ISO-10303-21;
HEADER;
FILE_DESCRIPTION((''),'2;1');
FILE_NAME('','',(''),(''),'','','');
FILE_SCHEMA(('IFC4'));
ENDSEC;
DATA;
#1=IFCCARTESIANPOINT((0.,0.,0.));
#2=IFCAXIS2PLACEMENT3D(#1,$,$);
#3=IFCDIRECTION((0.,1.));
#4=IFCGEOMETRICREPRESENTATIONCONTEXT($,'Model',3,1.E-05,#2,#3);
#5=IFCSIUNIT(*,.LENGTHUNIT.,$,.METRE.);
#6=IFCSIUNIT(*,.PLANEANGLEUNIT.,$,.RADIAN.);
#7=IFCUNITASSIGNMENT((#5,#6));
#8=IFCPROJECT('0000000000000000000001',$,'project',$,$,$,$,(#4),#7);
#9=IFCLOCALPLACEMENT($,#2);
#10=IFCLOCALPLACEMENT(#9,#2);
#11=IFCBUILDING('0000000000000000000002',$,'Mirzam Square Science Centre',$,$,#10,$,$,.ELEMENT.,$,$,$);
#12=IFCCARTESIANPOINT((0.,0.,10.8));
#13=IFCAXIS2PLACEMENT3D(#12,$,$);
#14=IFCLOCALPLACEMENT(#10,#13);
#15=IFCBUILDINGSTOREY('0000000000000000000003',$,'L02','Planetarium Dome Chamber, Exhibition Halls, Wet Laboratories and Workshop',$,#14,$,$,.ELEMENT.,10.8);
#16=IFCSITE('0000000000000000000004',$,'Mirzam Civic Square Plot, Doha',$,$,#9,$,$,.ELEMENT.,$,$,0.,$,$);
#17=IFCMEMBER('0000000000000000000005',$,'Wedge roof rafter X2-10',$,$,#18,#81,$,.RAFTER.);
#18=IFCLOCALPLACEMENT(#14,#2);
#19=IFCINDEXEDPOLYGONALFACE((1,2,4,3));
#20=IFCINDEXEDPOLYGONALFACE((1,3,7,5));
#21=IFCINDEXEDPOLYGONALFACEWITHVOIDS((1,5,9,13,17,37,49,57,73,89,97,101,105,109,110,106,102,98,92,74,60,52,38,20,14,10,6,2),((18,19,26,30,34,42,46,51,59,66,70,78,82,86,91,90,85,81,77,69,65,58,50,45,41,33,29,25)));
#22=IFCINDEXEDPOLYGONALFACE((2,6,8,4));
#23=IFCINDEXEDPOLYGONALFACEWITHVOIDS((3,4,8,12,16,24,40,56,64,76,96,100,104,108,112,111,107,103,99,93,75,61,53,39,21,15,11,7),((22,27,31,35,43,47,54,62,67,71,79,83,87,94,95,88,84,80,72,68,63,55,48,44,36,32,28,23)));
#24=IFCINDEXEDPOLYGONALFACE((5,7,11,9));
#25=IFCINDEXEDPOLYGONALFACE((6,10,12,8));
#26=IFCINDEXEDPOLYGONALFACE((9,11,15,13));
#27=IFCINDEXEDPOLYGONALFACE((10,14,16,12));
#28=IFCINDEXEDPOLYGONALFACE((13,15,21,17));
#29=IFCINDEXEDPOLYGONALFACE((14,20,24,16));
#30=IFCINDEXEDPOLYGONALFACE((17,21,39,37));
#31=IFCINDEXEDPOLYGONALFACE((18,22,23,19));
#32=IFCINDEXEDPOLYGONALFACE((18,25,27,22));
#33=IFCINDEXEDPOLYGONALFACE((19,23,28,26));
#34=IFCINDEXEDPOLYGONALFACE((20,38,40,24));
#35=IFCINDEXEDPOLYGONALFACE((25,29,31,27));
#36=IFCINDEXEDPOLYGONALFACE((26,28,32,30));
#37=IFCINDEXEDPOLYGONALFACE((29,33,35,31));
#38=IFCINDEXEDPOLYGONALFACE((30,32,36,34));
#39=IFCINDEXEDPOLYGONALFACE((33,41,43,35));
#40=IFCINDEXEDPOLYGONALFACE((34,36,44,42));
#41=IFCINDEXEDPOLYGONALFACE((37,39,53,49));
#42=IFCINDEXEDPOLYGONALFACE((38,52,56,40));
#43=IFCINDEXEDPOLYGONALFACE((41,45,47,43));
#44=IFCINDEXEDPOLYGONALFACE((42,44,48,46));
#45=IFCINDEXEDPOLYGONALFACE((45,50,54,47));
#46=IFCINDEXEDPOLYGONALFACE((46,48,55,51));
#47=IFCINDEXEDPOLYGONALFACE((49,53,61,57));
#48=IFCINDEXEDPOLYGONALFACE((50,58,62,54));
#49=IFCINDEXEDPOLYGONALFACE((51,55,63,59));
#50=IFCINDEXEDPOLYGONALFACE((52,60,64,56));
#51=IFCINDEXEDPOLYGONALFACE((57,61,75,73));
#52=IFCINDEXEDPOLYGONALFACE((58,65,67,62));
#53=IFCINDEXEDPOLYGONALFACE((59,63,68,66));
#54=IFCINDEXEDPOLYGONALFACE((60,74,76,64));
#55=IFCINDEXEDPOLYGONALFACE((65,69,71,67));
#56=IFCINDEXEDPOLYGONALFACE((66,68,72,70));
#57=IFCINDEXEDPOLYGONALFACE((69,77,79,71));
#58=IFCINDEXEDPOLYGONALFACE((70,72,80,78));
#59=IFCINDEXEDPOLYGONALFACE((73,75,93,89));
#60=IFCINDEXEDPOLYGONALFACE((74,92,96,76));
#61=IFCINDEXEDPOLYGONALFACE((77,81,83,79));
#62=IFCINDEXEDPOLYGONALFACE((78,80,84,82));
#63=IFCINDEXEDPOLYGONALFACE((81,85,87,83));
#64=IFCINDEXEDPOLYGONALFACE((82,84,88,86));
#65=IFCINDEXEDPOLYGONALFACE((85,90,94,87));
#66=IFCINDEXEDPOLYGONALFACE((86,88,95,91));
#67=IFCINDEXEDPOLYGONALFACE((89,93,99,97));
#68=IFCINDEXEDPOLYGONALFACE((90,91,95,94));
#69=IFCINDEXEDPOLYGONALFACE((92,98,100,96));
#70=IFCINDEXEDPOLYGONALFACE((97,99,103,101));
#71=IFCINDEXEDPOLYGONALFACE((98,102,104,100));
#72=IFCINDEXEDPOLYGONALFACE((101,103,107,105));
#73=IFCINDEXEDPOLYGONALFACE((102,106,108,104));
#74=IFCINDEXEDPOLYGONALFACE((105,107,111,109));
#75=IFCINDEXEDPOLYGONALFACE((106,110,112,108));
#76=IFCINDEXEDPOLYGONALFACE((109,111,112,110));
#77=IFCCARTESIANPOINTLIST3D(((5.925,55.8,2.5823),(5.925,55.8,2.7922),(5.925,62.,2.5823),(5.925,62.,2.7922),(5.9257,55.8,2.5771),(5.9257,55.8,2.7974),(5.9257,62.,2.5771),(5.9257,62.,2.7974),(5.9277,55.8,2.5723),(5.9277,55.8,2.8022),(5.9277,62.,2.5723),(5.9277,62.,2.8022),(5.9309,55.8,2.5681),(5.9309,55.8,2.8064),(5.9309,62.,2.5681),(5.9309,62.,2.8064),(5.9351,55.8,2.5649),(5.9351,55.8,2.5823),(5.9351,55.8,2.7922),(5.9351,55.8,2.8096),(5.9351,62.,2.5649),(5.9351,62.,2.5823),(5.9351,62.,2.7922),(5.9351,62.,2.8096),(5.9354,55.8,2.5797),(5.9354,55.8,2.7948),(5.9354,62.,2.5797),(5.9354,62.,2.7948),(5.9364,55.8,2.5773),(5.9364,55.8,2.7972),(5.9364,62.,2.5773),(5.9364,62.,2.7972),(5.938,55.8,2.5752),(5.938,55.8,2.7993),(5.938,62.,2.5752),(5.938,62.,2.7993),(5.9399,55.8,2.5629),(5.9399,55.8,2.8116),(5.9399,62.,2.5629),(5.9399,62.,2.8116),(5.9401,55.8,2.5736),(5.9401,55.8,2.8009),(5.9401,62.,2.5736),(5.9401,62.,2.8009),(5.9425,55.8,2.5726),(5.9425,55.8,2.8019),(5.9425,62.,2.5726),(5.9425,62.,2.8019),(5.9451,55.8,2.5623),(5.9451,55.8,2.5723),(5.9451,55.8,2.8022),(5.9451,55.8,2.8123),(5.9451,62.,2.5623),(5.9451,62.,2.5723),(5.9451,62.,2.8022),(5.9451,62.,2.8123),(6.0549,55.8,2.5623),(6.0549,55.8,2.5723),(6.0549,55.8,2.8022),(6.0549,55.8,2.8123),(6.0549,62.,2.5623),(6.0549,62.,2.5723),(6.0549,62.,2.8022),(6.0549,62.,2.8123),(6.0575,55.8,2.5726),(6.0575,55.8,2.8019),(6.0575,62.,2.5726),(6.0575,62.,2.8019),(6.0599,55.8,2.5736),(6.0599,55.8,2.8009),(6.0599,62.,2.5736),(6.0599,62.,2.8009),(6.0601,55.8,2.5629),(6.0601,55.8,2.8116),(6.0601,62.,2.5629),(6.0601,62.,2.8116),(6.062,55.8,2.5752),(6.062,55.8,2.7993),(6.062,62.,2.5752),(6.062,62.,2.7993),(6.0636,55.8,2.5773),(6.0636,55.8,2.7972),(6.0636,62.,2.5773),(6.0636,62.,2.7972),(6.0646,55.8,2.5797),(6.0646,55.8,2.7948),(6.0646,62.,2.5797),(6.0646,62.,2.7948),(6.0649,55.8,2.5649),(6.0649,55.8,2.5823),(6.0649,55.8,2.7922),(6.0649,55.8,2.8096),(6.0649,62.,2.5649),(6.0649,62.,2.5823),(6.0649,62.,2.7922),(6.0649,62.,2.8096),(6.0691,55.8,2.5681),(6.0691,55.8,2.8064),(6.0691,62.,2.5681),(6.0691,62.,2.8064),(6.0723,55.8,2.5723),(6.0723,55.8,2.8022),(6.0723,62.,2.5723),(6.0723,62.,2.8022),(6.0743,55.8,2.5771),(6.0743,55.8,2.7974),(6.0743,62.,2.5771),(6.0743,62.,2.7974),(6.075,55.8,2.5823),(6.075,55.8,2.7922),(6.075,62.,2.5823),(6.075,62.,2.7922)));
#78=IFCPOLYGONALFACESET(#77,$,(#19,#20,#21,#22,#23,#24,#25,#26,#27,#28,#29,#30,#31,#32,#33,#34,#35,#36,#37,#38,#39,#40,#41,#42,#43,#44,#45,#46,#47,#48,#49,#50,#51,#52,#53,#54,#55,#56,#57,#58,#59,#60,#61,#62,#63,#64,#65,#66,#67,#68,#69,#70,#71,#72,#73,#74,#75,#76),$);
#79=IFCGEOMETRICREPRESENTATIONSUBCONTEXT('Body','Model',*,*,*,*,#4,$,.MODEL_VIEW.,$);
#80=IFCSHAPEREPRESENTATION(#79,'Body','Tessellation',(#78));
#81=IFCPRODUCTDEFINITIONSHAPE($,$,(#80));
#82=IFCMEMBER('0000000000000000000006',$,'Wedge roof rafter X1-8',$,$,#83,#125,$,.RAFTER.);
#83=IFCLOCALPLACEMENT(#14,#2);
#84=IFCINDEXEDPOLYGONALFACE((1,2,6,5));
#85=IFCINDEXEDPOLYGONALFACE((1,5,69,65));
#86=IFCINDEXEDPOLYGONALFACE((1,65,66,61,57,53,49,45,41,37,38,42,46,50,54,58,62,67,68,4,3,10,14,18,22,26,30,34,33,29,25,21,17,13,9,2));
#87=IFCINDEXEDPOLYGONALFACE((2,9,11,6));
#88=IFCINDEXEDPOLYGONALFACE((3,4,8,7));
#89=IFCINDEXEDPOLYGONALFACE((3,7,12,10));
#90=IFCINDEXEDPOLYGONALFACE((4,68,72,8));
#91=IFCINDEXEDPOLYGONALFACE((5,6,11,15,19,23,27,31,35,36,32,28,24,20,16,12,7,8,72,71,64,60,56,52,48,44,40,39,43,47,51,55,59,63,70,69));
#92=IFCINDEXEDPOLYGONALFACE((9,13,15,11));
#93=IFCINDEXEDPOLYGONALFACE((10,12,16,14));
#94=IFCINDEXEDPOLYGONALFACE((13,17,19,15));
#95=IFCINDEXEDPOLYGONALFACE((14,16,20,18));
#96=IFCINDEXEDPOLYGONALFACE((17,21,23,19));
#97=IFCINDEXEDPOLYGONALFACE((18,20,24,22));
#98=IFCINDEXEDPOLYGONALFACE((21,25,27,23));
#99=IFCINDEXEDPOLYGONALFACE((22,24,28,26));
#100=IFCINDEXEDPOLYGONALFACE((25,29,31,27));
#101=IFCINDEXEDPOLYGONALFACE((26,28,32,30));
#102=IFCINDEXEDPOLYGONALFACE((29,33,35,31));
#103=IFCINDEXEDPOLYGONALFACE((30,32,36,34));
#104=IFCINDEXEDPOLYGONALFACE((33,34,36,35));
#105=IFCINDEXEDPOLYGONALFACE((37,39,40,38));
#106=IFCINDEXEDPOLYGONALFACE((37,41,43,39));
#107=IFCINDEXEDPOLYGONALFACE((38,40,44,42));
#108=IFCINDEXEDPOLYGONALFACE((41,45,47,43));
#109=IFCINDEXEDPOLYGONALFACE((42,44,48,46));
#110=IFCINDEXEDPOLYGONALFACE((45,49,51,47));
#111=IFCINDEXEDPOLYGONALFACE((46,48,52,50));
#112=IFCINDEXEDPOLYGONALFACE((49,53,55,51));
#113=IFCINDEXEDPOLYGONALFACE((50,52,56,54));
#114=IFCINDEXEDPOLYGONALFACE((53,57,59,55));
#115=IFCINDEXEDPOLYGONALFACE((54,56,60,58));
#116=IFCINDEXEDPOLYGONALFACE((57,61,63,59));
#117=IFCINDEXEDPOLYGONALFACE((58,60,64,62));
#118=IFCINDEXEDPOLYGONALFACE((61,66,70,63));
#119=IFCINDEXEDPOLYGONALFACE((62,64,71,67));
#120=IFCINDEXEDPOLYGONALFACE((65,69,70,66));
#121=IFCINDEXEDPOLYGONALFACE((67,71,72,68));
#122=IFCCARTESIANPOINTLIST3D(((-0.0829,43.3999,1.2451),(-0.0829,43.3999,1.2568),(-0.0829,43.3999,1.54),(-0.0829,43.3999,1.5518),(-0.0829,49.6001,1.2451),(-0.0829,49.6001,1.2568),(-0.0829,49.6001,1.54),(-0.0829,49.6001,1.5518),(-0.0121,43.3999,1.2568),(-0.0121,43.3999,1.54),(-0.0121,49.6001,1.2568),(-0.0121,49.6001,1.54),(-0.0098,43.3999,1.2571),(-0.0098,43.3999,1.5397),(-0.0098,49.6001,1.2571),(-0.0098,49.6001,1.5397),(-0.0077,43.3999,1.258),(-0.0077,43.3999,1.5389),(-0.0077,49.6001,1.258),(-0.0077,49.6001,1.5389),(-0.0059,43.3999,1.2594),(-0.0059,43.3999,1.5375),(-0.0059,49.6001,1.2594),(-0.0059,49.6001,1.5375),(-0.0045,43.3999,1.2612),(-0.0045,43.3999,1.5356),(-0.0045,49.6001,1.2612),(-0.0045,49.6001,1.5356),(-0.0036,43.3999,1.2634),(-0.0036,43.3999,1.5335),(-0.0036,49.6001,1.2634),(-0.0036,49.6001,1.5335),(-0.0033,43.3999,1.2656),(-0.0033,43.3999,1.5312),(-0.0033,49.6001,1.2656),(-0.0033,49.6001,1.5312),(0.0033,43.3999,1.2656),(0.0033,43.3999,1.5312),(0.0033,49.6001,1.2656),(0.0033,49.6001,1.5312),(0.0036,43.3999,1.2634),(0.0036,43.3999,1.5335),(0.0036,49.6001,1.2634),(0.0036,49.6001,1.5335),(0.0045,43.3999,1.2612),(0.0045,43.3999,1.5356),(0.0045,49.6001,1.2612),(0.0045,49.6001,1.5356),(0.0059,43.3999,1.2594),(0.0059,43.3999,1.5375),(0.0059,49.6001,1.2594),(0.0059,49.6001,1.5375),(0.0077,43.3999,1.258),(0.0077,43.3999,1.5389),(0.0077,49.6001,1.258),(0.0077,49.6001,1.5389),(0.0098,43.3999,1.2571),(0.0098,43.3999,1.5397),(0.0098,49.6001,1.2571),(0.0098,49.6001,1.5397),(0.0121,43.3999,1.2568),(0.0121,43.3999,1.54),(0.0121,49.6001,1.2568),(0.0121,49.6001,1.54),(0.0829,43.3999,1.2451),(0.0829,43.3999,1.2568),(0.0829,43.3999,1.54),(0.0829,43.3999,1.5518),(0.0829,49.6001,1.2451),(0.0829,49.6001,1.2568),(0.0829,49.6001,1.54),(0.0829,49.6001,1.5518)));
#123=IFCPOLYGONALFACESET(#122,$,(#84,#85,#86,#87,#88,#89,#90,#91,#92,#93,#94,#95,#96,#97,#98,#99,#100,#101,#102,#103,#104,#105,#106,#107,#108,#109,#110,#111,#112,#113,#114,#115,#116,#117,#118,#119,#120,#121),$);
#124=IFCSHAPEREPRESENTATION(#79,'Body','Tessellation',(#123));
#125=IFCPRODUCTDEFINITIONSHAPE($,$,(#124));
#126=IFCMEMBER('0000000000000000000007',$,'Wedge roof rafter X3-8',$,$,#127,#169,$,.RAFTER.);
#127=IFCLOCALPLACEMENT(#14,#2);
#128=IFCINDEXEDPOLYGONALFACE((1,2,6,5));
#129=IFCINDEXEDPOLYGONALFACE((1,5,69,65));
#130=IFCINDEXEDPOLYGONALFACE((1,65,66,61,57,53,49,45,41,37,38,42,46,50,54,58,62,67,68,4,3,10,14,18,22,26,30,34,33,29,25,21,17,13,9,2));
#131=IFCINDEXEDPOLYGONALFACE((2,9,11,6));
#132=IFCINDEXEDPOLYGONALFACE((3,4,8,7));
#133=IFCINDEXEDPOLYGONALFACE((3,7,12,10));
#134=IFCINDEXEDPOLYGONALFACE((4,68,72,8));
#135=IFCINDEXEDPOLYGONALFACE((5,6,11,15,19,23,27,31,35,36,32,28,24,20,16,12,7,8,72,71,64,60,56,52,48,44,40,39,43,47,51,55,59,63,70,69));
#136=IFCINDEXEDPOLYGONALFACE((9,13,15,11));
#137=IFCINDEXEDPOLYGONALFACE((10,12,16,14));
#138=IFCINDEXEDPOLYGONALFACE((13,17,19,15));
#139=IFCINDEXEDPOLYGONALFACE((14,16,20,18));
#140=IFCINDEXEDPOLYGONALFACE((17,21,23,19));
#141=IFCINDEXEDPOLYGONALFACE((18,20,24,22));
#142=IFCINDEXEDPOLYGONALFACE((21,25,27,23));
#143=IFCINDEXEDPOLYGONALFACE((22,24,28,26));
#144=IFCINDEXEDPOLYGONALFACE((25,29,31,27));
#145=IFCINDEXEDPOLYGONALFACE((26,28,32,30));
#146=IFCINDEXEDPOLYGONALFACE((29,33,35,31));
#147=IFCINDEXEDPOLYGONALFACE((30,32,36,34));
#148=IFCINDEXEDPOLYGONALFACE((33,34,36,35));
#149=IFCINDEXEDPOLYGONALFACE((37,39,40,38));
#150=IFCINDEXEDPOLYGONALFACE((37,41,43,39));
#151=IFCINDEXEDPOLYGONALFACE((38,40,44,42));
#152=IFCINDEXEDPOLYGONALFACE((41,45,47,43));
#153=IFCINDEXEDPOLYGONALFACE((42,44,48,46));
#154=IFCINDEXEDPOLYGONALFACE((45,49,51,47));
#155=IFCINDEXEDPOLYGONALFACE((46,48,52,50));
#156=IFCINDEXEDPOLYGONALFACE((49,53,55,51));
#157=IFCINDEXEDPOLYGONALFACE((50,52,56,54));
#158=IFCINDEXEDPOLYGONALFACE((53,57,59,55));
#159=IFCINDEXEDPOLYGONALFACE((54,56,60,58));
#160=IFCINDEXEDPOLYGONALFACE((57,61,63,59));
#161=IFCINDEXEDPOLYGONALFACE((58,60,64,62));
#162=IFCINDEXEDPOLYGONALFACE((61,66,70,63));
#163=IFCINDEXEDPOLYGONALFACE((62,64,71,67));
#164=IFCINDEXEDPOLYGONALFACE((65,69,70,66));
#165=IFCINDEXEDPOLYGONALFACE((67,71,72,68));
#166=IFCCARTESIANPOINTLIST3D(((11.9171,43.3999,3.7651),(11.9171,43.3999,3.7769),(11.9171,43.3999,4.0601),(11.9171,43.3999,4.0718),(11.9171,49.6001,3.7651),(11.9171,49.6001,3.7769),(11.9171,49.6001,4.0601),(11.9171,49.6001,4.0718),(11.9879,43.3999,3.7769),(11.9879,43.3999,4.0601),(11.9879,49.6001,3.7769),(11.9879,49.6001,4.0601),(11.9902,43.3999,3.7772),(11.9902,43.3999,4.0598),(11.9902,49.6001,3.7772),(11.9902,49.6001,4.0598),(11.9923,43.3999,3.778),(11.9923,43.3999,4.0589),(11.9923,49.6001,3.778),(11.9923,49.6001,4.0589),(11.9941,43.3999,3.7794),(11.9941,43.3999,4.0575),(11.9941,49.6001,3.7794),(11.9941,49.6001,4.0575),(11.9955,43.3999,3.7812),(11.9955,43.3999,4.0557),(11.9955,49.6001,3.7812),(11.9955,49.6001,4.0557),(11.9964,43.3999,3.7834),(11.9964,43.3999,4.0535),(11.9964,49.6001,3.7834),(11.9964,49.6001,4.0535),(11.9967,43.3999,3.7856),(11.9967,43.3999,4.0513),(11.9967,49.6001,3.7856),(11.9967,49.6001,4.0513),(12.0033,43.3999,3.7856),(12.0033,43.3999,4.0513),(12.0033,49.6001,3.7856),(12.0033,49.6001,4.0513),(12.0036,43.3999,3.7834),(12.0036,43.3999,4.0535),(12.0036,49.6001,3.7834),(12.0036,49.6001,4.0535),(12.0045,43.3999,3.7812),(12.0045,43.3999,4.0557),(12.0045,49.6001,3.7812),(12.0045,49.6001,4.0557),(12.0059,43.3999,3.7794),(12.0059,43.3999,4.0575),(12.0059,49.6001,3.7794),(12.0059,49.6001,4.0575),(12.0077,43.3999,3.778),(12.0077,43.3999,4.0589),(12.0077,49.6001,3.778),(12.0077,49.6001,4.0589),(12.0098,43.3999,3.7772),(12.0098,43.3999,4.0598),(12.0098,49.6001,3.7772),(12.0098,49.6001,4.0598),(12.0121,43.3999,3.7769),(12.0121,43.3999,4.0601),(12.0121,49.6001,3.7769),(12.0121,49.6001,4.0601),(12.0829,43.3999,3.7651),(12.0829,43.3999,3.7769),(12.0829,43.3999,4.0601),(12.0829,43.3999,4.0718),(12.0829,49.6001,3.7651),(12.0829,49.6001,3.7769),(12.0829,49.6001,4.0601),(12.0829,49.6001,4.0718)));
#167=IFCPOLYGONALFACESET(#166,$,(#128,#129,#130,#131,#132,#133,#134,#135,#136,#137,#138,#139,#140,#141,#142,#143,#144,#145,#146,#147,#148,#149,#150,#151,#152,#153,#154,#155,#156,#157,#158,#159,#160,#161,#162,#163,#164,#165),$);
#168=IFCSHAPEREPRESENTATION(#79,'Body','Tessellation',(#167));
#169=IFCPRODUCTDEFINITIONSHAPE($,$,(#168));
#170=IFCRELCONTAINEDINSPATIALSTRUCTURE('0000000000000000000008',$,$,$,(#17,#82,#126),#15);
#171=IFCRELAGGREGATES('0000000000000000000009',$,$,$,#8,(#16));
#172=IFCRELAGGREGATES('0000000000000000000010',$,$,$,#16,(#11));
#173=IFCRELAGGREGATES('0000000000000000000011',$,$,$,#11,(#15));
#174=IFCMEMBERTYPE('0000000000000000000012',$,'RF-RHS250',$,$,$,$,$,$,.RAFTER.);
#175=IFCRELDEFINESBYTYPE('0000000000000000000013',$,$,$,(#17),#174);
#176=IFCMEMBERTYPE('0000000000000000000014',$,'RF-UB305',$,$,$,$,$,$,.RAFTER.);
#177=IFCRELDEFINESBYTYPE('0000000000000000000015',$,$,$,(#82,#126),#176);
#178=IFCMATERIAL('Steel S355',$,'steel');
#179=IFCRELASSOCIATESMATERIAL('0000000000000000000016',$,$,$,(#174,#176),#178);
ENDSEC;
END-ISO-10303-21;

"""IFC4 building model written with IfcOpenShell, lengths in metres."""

from ifc_helpers import new_model, si_unit, direction, frame, origin, origin_2d, place, context, subcontext, project, spatial, hollow_rectangle, i_section, extrude, material, material_profile, profile_set, type_object, element, save


model = new_model("IFC4")

# Units and contexts
model_context = context("Model", 3, precision=1e-05, world=origin(), true_north=direction((0.0, 1.0)))
body_context = subcontext(model_context, "Body", "Model", "MODEL_VIEW")
ifc_project = project(units=[si_unit("LENGTHUNIT", "METRE"), si_unit("PLANEANGLEUNIT", "RADIAN")], contexts=[model_context])

# Site, building, storey
site_placement = place(None, origin())
site = spatial("IfcSite", under=ifc_project, at=site_placement, Name="Mirzam Civic Square Plot, Doha", CompositionType="ELEMENT", RefElevation=0.0)
building_placement = place(site_placement, origin())
building = spatial("IfcBuilding", under=site, at=building_placement, Name="Mirzam Square Science Centre", CompositionType="ELEMENT")
storey_placement = place(building_placement, frame((0.0, 0.0, 10.8)))
storey = spatial("IfcBuildingStorey", under=building, at=storey_placement, Name="L02", Description="Planetarium Dome Chamber, Exhibition Halls, Wet Laboratories and Workshop", CompositionType="ELEMENT", Elevation=10.8)

# Shared definitions
ifc_material_1 = material(Name="Steel S355", Category="steel")

# Members
ifc_material_profile_1 = material_profile(ifc_material_1, hollow_rectangle(XDim=0.1499, YDim=0.25, WallThickness=0.01, InnerFilletRadius=0.01, OuterFilletRadius=0.02, at=origin_2d()), Name="250x150x10.0RHS")
ifc_profile_set_1 = profile_set([ifc_material_profile_1], Name="Steel S355")
member_type_1 = type_object("IfcMemberType", Name="RF-RHS250", PredefinedType="RAFTER", material=ifc_profile_set_1)
for number, where, z_axis, x_axis, name in (
    (1, (6.0, 55.8, 2.6873), (0.0, 1.0, 0.0), (-1.0, 0.0, 0.0), "Wedge roof rafter X2-10"),
):
    element("IfcMember", number, at=place(storey_placement, frame(where, z_axis=z_axis, x_axis=x_axis)), inside=storey, type_object=member_type_1, Name=name, PredefinedType="RAFTER", context=body_context, shape_type="SweptSolid", body=[
        extrude(hollow_rectangle(XDim=0.1499, YDim=0.25, WallThickness=0.01, InnerFilletRadius=0.01, OuterFilletRadius=0.02, at=origin_2d()), origin(), (0.0, 0.0, 1.0), 6.2),
    ])
ifc_material_profile_2 = material_profile(ifc_material_1, i_section(OverallWidth=0.1658, OverallDepth=0.3066, WebThickness=0.0066, FlangeThickness=0.0117, FilletRadius=0.0088, at=origin_2d()), Name="305x165x46UB")
ifc_profile_set_2 = profile_set([ifc_material_profile_2], Name="Steel S355")
member_type_2 = type_object("IfcMemberType", Name="RF-UB305", PredefinedType="RAFTER", material=ifc_profile_set_2)
for number, where, z_axis, x_axis, name in (
    (2, (0.0, 43.3999, 1.3984), (0.0, 1.0, 0.0), (-1.0, 0.0, 0.0), "Wedge roof rafter X1-8"),
    (3, (12.0, 43.3999, 3.9185), (0.0, 1.0, 0.0), (-1.0, 0.0, 0.0), "Wedge roof rafter X3-8"),
):
    element("IfcMember", number, at=place(storey_placement, frame(where, z_axis=z_axis, x_axis=x_axis)), inside=storey, type_object=member_type_2, Name=name, PredefinedType="RAFTER", context=body_context, shape_type="SweptSolid", body=[
        extrude(i_section(OverallWidth=0.1658, OverallDepth=0.3066, WebThickness=0.0066, FlangeThickness=0.0117, FilletRadius=0.0088, at=origin_2d()), origin(), (0.0, 0.0, 1.0), 6.2002),
    ])

save(model, "model.ifc")
